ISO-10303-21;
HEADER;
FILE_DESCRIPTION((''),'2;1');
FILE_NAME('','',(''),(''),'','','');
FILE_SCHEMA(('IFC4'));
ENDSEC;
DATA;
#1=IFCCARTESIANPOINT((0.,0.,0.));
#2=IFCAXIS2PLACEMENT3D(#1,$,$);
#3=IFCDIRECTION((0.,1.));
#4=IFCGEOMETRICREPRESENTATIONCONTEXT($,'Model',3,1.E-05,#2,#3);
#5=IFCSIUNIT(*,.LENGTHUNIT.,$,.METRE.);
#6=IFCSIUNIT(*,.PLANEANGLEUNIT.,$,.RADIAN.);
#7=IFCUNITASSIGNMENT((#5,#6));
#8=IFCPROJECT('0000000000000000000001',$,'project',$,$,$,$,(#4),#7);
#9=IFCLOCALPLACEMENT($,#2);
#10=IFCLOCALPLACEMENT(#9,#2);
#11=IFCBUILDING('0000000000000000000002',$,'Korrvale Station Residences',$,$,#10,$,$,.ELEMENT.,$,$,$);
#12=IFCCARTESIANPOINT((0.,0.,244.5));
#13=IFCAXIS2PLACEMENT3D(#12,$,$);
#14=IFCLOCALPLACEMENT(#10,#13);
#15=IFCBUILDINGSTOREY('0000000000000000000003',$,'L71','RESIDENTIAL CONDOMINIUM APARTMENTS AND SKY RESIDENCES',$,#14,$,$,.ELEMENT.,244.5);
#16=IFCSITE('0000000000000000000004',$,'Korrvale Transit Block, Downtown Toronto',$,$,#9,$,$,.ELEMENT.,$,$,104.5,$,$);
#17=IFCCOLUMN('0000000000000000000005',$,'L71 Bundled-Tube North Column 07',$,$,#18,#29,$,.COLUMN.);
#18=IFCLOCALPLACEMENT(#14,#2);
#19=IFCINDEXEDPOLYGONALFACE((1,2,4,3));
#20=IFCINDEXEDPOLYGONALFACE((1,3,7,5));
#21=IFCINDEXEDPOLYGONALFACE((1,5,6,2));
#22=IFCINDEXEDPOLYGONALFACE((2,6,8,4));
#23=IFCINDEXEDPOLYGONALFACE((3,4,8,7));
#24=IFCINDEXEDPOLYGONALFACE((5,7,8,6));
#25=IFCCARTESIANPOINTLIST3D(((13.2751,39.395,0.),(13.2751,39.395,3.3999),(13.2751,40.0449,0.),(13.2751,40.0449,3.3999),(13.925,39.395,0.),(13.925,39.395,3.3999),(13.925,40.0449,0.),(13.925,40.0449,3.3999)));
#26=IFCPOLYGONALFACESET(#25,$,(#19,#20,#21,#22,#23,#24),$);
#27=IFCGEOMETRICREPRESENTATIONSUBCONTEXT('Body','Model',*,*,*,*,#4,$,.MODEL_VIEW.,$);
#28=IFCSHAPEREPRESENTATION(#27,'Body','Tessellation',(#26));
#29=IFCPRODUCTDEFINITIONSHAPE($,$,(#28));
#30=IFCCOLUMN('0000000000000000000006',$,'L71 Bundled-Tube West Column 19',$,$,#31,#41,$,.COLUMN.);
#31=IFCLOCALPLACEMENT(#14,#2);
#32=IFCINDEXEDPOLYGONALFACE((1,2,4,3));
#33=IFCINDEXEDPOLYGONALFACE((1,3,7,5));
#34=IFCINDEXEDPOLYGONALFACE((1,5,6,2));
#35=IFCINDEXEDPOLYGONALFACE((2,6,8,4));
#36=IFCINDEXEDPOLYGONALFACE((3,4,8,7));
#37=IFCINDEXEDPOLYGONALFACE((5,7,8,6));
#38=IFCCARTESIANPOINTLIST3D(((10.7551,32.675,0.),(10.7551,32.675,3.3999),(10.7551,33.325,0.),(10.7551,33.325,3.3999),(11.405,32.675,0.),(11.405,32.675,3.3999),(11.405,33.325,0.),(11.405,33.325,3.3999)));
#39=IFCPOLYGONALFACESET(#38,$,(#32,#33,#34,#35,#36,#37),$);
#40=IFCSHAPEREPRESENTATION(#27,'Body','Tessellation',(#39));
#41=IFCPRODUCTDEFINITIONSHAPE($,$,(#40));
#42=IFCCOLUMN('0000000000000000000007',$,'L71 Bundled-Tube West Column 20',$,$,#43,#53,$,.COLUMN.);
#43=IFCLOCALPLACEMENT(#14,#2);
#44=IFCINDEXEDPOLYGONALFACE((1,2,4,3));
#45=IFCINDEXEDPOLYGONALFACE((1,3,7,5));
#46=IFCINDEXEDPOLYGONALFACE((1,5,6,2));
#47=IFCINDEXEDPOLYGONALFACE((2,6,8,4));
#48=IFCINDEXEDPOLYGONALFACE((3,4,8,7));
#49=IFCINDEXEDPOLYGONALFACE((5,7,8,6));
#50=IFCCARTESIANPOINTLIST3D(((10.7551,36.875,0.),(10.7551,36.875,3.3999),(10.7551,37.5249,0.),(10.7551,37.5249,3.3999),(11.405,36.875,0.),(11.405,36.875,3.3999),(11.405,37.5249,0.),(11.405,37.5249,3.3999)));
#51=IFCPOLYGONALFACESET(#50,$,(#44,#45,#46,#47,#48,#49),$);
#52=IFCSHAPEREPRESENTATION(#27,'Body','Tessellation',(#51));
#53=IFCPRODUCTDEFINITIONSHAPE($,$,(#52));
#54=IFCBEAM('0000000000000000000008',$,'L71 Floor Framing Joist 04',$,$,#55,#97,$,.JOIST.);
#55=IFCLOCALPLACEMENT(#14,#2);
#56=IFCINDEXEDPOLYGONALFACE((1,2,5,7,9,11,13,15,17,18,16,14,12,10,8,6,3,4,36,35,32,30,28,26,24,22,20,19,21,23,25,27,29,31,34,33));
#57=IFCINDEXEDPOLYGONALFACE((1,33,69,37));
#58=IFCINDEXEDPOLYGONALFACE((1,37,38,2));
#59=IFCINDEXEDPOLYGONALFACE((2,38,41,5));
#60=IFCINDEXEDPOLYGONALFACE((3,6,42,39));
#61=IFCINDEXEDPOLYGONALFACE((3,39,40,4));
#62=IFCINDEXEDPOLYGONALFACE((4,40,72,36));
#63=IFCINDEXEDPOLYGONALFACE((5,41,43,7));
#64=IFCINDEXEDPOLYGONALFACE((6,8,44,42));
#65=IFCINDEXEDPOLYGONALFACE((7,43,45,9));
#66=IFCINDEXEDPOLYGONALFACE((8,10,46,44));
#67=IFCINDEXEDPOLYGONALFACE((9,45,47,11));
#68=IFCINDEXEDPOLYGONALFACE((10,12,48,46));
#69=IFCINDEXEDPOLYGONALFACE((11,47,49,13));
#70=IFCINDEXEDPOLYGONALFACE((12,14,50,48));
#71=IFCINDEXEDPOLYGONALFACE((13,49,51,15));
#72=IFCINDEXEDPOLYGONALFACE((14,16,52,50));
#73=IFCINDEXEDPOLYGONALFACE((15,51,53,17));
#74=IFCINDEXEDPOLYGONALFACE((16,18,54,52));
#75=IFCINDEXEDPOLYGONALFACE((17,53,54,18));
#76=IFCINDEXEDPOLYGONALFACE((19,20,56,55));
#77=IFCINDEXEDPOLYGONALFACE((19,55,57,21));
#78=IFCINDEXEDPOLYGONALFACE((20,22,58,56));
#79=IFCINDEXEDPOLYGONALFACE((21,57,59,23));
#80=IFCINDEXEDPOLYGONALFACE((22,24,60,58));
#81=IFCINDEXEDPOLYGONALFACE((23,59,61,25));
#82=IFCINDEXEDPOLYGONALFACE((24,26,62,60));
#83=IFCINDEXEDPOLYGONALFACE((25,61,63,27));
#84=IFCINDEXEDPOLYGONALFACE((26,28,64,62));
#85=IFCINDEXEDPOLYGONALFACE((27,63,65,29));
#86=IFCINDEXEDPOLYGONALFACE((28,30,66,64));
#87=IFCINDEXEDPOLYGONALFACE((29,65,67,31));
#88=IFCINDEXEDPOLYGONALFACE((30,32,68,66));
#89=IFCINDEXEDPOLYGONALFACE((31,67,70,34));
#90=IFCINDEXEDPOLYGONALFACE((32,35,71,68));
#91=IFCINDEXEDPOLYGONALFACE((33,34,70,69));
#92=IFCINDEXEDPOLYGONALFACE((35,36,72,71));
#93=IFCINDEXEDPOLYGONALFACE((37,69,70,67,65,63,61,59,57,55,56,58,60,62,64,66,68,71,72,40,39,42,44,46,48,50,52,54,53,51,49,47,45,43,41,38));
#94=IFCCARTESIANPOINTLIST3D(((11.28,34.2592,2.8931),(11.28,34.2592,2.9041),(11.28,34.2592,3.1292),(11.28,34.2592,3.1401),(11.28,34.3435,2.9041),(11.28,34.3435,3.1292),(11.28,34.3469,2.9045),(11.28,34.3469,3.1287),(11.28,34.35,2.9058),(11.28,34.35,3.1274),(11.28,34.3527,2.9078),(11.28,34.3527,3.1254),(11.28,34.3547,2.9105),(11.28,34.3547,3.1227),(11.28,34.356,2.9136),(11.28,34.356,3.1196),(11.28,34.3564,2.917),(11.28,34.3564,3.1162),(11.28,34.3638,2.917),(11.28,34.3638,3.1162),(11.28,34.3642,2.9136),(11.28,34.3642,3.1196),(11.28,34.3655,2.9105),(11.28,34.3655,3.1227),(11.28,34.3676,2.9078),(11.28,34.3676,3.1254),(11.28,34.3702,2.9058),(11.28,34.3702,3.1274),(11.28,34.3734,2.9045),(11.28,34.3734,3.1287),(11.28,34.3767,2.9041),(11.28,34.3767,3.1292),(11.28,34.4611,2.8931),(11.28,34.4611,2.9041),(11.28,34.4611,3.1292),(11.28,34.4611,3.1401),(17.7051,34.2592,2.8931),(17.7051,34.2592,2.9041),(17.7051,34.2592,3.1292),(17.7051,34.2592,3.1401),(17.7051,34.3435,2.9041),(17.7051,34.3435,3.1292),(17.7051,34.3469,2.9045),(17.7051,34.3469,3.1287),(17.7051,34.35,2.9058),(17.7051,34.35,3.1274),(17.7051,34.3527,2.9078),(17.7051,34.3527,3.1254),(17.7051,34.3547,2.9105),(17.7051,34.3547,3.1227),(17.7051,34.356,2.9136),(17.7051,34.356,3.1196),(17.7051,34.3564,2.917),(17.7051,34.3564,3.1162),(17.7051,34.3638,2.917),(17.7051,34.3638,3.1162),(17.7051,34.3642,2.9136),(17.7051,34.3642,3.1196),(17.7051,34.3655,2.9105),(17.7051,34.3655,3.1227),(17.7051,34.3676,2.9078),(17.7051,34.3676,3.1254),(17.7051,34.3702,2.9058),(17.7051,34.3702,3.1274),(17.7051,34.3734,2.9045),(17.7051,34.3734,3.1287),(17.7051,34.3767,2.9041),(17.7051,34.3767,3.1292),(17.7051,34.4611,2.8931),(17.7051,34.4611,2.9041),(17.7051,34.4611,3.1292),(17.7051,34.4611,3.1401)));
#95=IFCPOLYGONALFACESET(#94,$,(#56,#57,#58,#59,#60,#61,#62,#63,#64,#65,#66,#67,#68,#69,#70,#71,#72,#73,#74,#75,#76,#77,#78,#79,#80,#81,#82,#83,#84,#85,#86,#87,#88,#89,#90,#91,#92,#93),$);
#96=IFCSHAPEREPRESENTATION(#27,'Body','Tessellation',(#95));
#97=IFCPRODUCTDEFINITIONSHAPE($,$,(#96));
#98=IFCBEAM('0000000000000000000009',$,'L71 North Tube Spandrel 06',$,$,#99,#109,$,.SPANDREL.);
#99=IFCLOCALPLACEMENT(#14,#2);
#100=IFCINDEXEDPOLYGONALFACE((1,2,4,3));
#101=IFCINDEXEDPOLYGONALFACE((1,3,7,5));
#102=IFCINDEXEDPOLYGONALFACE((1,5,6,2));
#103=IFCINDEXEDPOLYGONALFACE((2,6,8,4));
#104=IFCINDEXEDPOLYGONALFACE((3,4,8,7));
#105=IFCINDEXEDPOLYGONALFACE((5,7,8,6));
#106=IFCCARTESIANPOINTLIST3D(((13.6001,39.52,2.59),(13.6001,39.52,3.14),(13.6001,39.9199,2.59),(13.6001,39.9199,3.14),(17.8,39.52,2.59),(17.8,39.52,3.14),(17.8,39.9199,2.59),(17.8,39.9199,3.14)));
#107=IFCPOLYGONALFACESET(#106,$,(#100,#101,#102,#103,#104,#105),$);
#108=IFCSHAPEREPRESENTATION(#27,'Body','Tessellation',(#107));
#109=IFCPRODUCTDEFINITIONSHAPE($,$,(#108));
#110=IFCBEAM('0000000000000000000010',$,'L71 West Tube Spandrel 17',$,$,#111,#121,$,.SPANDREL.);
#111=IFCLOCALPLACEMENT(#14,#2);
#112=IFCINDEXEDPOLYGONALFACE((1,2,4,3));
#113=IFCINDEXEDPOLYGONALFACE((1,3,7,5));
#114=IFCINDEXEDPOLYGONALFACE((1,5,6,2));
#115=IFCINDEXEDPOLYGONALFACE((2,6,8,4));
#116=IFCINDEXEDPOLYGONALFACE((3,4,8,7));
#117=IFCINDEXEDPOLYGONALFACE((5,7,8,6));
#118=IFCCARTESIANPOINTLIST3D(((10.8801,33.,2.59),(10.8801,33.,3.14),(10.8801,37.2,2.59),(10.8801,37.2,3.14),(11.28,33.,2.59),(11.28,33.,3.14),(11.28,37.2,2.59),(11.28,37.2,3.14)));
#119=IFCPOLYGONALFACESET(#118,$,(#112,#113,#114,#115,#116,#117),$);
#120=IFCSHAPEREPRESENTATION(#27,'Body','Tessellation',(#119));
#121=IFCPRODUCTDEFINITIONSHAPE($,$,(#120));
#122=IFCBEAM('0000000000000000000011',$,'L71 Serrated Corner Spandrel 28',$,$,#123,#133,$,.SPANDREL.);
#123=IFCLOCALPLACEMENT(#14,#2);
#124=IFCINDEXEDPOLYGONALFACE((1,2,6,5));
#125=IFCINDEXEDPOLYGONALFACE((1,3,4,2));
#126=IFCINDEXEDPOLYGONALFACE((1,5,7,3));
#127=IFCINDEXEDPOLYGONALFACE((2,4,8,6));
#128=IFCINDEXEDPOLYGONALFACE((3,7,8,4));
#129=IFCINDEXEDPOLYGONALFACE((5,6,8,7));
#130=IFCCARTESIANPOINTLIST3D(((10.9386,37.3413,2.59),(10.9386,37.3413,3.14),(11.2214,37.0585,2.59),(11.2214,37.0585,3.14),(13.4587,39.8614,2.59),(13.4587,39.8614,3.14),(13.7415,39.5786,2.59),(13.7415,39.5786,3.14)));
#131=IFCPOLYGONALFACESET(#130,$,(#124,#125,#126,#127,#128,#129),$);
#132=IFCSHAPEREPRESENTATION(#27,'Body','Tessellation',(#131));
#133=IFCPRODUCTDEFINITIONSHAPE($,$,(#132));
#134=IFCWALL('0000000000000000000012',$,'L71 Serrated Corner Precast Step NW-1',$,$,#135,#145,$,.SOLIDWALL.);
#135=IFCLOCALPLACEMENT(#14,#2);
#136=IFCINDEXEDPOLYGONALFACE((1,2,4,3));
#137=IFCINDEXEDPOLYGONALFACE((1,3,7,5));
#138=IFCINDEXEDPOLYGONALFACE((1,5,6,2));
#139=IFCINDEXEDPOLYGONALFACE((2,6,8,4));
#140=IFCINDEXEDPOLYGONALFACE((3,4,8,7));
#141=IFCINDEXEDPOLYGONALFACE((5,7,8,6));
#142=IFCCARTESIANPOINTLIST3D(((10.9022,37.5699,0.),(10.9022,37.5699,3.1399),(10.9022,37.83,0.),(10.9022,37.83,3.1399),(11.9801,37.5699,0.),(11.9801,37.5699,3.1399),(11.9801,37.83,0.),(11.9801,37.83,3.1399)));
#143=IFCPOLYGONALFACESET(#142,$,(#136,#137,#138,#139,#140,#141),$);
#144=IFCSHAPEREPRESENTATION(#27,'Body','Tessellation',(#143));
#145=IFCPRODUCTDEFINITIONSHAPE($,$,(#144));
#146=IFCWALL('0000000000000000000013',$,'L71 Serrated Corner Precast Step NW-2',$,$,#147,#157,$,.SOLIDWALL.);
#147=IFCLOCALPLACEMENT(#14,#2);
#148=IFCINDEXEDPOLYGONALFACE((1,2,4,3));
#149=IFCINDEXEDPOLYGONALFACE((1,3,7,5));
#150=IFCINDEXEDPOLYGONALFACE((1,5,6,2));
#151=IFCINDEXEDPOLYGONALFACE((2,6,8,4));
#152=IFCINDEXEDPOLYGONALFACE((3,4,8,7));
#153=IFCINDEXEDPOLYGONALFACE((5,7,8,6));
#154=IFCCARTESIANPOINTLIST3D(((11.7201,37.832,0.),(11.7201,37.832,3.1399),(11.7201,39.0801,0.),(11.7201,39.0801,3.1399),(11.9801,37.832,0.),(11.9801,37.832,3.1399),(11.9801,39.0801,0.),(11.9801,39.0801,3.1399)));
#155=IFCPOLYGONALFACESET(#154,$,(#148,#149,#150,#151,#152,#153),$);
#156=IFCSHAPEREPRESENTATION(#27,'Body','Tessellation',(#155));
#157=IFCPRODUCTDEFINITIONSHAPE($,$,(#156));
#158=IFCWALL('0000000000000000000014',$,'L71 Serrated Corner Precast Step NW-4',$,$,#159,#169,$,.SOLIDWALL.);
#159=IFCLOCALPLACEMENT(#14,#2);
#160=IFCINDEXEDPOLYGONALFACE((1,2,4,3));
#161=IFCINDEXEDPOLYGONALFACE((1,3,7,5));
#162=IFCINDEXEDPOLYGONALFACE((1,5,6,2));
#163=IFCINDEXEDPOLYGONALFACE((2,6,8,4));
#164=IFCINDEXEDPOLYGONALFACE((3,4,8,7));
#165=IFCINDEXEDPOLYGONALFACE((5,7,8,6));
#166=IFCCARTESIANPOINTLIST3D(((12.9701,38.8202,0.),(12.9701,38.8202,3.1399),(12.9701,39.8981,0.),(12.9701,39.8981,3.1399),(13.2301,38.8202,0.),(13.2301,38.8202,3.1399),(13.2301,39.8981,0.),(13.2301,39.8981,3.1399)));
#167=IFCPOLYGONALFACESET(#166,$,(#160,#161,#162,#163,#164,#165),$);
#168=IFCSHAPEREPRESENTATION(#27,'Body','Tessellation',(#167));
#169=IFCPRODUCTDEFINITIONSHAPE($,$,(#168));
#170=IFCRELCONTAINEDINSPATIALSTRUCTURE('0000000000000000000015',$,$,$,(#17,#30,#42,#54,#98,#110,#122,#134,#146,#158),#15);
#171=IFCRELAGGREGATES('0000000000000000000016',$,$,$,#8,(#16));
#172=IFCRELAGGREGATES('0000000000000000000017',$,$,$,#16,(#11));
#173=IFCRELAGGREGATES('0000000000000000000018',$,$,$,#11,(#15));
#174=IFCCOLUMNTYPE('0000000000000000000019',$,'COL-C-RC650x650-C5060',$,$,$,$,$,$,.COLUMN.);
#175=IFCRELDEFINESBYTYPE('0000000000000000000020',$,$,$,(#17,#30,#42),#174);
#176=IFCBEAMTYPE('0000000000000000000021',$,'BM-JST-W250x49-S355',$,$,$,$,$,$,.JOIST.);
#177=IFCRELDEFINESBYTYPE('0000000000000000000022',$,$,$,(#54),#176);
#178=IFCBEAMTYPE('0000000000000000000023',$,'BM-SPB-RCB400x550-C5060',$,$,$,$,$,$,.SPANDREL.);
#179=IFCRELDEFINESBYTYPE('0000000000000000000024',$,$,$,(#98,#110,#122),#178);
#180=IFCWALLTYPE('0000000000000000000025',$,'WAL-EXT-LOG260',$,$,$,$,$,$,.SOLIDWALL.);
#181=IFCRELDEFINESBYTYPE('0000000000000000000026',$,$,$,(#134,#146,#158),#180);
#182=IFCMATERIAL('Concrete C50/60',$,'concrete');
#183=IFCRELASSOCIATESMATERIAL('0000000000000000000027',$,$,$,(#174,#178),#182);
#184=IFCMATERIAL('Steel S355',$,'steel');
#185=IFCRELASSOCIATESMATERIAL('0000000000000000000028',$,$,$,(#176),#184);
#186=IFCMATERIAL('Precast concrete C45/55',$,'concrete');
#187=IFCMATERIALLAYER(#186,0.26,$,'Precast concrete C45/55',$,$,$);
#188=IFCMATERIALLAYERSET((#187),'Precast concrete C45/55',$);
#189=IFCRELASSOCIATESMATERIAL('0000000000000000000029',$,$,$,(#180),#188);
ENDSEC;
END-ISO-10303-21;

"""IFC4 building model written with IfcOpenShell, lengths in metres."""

from ifc_helpers import new_model, si_unit, direction, frame, frame_2d, origin, origin_2d, place, context, subcontext, project, spatial, rectangle, i_section, extrude, material, layer, layer_set, material_profile, profile_set, type_object, element, save


model = new_model("IFC4")

# Units and contexts
model_context = context("Model", 3, precision=1e-05, world=origin(), true_north=direction((0.0, 1.0)))
body_context = subcontext(model_context, "Body", "Model", "MODEL_VIEW")
ifc_project = project(units=[si_unit("LENGTHUNIT", "METRE"), si_unit("PLANEANGLEUNIT", "RADIAN")], contexts=[model_context])

# Site, building, storey
site_placement = place(None, origin())
site = spatial("IfcSite", under=ifc_project, at=site_placement, Name="Korrvale Transit Block, Downtown Toronto", CompositionType="ELEMENT", RefElevation=104.5)
building_placement = place(site_placement, origin())
building = spatial("IfcBuilding", under=site, at=building_placement, Name="Korrvale Station Residences", CompositionType="ELEMENT")
storey_placement = place(building_placement, frame((0.0, 0.0, 244.5)))
storey = spatial("IfcBuildingStorey", under=building, at=storey_placement, Name="L71", Description="RESIDENTIAL CONDOMINIUM APARTMENTS AND SKY RESIDENCES", CompositionType="ELEMENT", Elevation=244.5)

# Columns
ifc_material_1 = material(Name="Concrete C50/60", Category="concrete")
ifc_material_profile_1 = material_profile(ifc_material_1, rectangle(XDim=0.6499, YDim=0.6499, at=origin_2d()), Name="RC650x650")
ifc_profile_set_1 = profile_set([ifc_material_profile_1], Name="Concrete C50/60")
column_type = type_object("IfcColumnType", Name="COL-C-RC650x650-C5060", PredefinedType="COLUMN", material=ifc_profile_set_1)
for number, where, z_axis, x_axis, name in (
    (1, (13.6001, 39.72, 0.0), (0.0, 0.0, 1.0), (1.0, 0.0, 0.0), "L71 Bundled-Tube North Column 07"),
    (2, (11.0801, 33.0, 0.0), (0.0, 0.0, 1.0), (1.0, 0.0, 0.0), "L71 Bundled-Tube West Column 19"),
    (3, (11.0801, 37.2, 0.0), (0.0, 0.0, 1.0), (1.0, 0.0, 0.0), "L71 Bundled-Tube West Column 20"),
):
    element("IfcColumn", number, at=place(storey_placement, frame(where, z_axis=z_axis, x_axis=x_axis)), inside=storey, type_object=column_type, Name=name, PredefinedType="COLUMN", context=body_context, shape_type="SweptSolid", body=[
        extrude(rectangle(XDim=0.6499, YDim=0.6499, at=origin_2d()), origin(), (0.0, 0.0, 1.0), 3.3999),
    ])

# Beams
ifc_material_2 = material(Name="Steel S355", Category="steel")
ifc_material_profile_2 = material_profile(ifc_material_2, i_section(OverallWidth=0.2019, OverallDepth=0.2471, WebThickness=0.0073, FlangeThickness=0.011, FilletRadius=0.0129, at=origin_2d()), Name="W250x49")
ifc_profile_set_2 = profile_set([ifc_material_profile_2], Name="Steel S355")
beam_type_1 = type_object("IfcBeamType", Name="BM-JST-W250x49-S355", PredefinedType="JOIST", material=ifc_profile_set_2)
beam_1_placement = place(storey_placement, frame((11.28, 34.3601, 3.0166), z_axis=(1.0, 0.0, 0.0), x_axis=(0.0, 1.0, 0.0)))
element("IfcBeam", 4, at=beam_1_placement, inside=storey, type_object=beam_type_1, Name="L71 Floor Framing Joist 04", PredefinedType="JOIST", context=body_context, shape_type="SweptSolid", body=[
    extrude(i_section(OverallWidth=0.2019, OverallDepth=0.2471, WebThickness=0.0073, FlangeThickness=0.011, FilletRadius=0.0129, at=origin_2d()), origin(), (0.0, 0.0, 1.0), 6.425),
])
ifc_material_profile_3 = material_profile(ifc_material_1, rectangle(XDim=0.3999, YDim=0.55, at=origin_2d()), Name="RCB400x550")
ifc_profile_set_3 = profile_set([ifc_material_profile_3], Name="Concrete C50/60")
beam_type_2 = type_object("IfcBeamType", Name="BM-SPB-RCB400x550-C5060", PredefinedType="SPANDREL", material=ifc_profile_set_3)
for number, where, z_axis, x_axis, name in (
    (5, (13.6001, 39.72, 2.865), (1.0, 0.0, 0.0), (0.0, 1.0, 0.0), "L71 North Tube Spandrel 06"),
    (6, (11.0801, 33.0, 2.865), (0.0, 1.0, 0.0), (-1.0, 0.0, 0.0), "L71 West Tube Spandrel 17"),
):
    element("IfcBeam", number, at=place(storey_placement, frame(where, z_axis=z_axis, x_axis=x_axis)), inside=storey, type_object=beam_type_2, Name=name, PredefinedType="SPANDREL", context=body_context, shape_type="SweptSolid", body=[
        extrude(rectangle(XDim=0.3999, YDim=0.55, at=origin_2d()), origin(), (0.0, 0.0, 1.0), 4.2),
    ])
beam_2_placement = place(storey_placement, frame((13.6001, 39.72, 2.865), z_axis=(-0.707107, -0.707107, 0.0), x_axis=(0.707107, -0.707107, 0.0)))
element("IfcBeam", 7, at=beam_2_placement, inside=storey, type_object=beam_type_2, Name="L71 Serrated Corner Spandrel 28", PredefinedType="SPANDREL", context=body_context, shape_type="SweptSolid", body=[
    extrude(rectangle(XDim=0.3999, YDim=0.55, at=origin_2d()), origin(), (0.0, 0.0, 1.0), 3.564),
])

# Walls
ifc_material_3 = material(Name="Precast concrete C45/55", Category="concrete")
ifc_layer_1 = layer(ifc_material_3, 0.26, Name="Precast concrete C45/55")
ifc_layer_set_1 = layer_set([ifc_layer_1], Name="Precast concrete C45/55")
wall_type_1 = type_object("IfcWallType", Name="WAL-EXT-LOG260", PredefinedType="SOLIDWALL", material=ifc_layer_set_1)
wall_1_placement = place(storey_placement, frame((10.9021, 37.7, 0.0), z_axis=(0.0, 0.0, 1.0), x_axis=(1.0, 0.0, 0.0)))
element("IfcWall", 8, at=wall_1_placement, inside=storey, type_object=wall_type_1, Name="L71 Serrated Corner Precast Step NW-1", PredefinedType="SOLIDWALL", context=body_context, shape_type="SweptSolid", body=[
    extrude(rectangle(XDim=1.0779, YDim=0.26, at=frame_2d((0.5391, 0.0))), origin(), (0.0, 0.0, 1.0), 3.1399),
])
wall_2_placement = place(storey_placement, frame((11.8501, 37.832, 0.0), z_axis=(0.0, 0.0, 1.0), x_axis=(0.0, 1.0, 0.0)))
element("IfcWall", 9, at=wall_2_placement, inside=storey, type_object=wall_type_1, Name="L71 Serrated Corner Precast Step NW-2", PredefinedType="SOLIDWALL", context=body_context, shape_type="SweptSolid", body=[
    extrude(rectangle(XDim=1.248, YDim=0.26, at=frame_2d((0.624, 0.0))), origin(), (0.0, 0.0, 1.0), 3.1399),
])
wall_3_placement = place(storey_placement, frame((13.1001, 38.8201, 0.0), z_axis=(0.0, 0.0, 1.0), x_axis=(0.0, 1.0, 0.0)))
element("IfcWall", 10, at=wall_3_placement, inside=storey, type_object=wall_type_1, Name="L71 Serrated Corner Precast Step NW-4", PredefinedType="SOLIDWALL", context=body_context, shape_type="SweptSolid", body=[
    extrude(rectangle(XDim=1.0779, YDim=0.26, at=frame_2d((0.5391, 0.0))), origin(), (0.0, 0.0, 1.0), 3.1399),
])

save(model, "model.ifc")
